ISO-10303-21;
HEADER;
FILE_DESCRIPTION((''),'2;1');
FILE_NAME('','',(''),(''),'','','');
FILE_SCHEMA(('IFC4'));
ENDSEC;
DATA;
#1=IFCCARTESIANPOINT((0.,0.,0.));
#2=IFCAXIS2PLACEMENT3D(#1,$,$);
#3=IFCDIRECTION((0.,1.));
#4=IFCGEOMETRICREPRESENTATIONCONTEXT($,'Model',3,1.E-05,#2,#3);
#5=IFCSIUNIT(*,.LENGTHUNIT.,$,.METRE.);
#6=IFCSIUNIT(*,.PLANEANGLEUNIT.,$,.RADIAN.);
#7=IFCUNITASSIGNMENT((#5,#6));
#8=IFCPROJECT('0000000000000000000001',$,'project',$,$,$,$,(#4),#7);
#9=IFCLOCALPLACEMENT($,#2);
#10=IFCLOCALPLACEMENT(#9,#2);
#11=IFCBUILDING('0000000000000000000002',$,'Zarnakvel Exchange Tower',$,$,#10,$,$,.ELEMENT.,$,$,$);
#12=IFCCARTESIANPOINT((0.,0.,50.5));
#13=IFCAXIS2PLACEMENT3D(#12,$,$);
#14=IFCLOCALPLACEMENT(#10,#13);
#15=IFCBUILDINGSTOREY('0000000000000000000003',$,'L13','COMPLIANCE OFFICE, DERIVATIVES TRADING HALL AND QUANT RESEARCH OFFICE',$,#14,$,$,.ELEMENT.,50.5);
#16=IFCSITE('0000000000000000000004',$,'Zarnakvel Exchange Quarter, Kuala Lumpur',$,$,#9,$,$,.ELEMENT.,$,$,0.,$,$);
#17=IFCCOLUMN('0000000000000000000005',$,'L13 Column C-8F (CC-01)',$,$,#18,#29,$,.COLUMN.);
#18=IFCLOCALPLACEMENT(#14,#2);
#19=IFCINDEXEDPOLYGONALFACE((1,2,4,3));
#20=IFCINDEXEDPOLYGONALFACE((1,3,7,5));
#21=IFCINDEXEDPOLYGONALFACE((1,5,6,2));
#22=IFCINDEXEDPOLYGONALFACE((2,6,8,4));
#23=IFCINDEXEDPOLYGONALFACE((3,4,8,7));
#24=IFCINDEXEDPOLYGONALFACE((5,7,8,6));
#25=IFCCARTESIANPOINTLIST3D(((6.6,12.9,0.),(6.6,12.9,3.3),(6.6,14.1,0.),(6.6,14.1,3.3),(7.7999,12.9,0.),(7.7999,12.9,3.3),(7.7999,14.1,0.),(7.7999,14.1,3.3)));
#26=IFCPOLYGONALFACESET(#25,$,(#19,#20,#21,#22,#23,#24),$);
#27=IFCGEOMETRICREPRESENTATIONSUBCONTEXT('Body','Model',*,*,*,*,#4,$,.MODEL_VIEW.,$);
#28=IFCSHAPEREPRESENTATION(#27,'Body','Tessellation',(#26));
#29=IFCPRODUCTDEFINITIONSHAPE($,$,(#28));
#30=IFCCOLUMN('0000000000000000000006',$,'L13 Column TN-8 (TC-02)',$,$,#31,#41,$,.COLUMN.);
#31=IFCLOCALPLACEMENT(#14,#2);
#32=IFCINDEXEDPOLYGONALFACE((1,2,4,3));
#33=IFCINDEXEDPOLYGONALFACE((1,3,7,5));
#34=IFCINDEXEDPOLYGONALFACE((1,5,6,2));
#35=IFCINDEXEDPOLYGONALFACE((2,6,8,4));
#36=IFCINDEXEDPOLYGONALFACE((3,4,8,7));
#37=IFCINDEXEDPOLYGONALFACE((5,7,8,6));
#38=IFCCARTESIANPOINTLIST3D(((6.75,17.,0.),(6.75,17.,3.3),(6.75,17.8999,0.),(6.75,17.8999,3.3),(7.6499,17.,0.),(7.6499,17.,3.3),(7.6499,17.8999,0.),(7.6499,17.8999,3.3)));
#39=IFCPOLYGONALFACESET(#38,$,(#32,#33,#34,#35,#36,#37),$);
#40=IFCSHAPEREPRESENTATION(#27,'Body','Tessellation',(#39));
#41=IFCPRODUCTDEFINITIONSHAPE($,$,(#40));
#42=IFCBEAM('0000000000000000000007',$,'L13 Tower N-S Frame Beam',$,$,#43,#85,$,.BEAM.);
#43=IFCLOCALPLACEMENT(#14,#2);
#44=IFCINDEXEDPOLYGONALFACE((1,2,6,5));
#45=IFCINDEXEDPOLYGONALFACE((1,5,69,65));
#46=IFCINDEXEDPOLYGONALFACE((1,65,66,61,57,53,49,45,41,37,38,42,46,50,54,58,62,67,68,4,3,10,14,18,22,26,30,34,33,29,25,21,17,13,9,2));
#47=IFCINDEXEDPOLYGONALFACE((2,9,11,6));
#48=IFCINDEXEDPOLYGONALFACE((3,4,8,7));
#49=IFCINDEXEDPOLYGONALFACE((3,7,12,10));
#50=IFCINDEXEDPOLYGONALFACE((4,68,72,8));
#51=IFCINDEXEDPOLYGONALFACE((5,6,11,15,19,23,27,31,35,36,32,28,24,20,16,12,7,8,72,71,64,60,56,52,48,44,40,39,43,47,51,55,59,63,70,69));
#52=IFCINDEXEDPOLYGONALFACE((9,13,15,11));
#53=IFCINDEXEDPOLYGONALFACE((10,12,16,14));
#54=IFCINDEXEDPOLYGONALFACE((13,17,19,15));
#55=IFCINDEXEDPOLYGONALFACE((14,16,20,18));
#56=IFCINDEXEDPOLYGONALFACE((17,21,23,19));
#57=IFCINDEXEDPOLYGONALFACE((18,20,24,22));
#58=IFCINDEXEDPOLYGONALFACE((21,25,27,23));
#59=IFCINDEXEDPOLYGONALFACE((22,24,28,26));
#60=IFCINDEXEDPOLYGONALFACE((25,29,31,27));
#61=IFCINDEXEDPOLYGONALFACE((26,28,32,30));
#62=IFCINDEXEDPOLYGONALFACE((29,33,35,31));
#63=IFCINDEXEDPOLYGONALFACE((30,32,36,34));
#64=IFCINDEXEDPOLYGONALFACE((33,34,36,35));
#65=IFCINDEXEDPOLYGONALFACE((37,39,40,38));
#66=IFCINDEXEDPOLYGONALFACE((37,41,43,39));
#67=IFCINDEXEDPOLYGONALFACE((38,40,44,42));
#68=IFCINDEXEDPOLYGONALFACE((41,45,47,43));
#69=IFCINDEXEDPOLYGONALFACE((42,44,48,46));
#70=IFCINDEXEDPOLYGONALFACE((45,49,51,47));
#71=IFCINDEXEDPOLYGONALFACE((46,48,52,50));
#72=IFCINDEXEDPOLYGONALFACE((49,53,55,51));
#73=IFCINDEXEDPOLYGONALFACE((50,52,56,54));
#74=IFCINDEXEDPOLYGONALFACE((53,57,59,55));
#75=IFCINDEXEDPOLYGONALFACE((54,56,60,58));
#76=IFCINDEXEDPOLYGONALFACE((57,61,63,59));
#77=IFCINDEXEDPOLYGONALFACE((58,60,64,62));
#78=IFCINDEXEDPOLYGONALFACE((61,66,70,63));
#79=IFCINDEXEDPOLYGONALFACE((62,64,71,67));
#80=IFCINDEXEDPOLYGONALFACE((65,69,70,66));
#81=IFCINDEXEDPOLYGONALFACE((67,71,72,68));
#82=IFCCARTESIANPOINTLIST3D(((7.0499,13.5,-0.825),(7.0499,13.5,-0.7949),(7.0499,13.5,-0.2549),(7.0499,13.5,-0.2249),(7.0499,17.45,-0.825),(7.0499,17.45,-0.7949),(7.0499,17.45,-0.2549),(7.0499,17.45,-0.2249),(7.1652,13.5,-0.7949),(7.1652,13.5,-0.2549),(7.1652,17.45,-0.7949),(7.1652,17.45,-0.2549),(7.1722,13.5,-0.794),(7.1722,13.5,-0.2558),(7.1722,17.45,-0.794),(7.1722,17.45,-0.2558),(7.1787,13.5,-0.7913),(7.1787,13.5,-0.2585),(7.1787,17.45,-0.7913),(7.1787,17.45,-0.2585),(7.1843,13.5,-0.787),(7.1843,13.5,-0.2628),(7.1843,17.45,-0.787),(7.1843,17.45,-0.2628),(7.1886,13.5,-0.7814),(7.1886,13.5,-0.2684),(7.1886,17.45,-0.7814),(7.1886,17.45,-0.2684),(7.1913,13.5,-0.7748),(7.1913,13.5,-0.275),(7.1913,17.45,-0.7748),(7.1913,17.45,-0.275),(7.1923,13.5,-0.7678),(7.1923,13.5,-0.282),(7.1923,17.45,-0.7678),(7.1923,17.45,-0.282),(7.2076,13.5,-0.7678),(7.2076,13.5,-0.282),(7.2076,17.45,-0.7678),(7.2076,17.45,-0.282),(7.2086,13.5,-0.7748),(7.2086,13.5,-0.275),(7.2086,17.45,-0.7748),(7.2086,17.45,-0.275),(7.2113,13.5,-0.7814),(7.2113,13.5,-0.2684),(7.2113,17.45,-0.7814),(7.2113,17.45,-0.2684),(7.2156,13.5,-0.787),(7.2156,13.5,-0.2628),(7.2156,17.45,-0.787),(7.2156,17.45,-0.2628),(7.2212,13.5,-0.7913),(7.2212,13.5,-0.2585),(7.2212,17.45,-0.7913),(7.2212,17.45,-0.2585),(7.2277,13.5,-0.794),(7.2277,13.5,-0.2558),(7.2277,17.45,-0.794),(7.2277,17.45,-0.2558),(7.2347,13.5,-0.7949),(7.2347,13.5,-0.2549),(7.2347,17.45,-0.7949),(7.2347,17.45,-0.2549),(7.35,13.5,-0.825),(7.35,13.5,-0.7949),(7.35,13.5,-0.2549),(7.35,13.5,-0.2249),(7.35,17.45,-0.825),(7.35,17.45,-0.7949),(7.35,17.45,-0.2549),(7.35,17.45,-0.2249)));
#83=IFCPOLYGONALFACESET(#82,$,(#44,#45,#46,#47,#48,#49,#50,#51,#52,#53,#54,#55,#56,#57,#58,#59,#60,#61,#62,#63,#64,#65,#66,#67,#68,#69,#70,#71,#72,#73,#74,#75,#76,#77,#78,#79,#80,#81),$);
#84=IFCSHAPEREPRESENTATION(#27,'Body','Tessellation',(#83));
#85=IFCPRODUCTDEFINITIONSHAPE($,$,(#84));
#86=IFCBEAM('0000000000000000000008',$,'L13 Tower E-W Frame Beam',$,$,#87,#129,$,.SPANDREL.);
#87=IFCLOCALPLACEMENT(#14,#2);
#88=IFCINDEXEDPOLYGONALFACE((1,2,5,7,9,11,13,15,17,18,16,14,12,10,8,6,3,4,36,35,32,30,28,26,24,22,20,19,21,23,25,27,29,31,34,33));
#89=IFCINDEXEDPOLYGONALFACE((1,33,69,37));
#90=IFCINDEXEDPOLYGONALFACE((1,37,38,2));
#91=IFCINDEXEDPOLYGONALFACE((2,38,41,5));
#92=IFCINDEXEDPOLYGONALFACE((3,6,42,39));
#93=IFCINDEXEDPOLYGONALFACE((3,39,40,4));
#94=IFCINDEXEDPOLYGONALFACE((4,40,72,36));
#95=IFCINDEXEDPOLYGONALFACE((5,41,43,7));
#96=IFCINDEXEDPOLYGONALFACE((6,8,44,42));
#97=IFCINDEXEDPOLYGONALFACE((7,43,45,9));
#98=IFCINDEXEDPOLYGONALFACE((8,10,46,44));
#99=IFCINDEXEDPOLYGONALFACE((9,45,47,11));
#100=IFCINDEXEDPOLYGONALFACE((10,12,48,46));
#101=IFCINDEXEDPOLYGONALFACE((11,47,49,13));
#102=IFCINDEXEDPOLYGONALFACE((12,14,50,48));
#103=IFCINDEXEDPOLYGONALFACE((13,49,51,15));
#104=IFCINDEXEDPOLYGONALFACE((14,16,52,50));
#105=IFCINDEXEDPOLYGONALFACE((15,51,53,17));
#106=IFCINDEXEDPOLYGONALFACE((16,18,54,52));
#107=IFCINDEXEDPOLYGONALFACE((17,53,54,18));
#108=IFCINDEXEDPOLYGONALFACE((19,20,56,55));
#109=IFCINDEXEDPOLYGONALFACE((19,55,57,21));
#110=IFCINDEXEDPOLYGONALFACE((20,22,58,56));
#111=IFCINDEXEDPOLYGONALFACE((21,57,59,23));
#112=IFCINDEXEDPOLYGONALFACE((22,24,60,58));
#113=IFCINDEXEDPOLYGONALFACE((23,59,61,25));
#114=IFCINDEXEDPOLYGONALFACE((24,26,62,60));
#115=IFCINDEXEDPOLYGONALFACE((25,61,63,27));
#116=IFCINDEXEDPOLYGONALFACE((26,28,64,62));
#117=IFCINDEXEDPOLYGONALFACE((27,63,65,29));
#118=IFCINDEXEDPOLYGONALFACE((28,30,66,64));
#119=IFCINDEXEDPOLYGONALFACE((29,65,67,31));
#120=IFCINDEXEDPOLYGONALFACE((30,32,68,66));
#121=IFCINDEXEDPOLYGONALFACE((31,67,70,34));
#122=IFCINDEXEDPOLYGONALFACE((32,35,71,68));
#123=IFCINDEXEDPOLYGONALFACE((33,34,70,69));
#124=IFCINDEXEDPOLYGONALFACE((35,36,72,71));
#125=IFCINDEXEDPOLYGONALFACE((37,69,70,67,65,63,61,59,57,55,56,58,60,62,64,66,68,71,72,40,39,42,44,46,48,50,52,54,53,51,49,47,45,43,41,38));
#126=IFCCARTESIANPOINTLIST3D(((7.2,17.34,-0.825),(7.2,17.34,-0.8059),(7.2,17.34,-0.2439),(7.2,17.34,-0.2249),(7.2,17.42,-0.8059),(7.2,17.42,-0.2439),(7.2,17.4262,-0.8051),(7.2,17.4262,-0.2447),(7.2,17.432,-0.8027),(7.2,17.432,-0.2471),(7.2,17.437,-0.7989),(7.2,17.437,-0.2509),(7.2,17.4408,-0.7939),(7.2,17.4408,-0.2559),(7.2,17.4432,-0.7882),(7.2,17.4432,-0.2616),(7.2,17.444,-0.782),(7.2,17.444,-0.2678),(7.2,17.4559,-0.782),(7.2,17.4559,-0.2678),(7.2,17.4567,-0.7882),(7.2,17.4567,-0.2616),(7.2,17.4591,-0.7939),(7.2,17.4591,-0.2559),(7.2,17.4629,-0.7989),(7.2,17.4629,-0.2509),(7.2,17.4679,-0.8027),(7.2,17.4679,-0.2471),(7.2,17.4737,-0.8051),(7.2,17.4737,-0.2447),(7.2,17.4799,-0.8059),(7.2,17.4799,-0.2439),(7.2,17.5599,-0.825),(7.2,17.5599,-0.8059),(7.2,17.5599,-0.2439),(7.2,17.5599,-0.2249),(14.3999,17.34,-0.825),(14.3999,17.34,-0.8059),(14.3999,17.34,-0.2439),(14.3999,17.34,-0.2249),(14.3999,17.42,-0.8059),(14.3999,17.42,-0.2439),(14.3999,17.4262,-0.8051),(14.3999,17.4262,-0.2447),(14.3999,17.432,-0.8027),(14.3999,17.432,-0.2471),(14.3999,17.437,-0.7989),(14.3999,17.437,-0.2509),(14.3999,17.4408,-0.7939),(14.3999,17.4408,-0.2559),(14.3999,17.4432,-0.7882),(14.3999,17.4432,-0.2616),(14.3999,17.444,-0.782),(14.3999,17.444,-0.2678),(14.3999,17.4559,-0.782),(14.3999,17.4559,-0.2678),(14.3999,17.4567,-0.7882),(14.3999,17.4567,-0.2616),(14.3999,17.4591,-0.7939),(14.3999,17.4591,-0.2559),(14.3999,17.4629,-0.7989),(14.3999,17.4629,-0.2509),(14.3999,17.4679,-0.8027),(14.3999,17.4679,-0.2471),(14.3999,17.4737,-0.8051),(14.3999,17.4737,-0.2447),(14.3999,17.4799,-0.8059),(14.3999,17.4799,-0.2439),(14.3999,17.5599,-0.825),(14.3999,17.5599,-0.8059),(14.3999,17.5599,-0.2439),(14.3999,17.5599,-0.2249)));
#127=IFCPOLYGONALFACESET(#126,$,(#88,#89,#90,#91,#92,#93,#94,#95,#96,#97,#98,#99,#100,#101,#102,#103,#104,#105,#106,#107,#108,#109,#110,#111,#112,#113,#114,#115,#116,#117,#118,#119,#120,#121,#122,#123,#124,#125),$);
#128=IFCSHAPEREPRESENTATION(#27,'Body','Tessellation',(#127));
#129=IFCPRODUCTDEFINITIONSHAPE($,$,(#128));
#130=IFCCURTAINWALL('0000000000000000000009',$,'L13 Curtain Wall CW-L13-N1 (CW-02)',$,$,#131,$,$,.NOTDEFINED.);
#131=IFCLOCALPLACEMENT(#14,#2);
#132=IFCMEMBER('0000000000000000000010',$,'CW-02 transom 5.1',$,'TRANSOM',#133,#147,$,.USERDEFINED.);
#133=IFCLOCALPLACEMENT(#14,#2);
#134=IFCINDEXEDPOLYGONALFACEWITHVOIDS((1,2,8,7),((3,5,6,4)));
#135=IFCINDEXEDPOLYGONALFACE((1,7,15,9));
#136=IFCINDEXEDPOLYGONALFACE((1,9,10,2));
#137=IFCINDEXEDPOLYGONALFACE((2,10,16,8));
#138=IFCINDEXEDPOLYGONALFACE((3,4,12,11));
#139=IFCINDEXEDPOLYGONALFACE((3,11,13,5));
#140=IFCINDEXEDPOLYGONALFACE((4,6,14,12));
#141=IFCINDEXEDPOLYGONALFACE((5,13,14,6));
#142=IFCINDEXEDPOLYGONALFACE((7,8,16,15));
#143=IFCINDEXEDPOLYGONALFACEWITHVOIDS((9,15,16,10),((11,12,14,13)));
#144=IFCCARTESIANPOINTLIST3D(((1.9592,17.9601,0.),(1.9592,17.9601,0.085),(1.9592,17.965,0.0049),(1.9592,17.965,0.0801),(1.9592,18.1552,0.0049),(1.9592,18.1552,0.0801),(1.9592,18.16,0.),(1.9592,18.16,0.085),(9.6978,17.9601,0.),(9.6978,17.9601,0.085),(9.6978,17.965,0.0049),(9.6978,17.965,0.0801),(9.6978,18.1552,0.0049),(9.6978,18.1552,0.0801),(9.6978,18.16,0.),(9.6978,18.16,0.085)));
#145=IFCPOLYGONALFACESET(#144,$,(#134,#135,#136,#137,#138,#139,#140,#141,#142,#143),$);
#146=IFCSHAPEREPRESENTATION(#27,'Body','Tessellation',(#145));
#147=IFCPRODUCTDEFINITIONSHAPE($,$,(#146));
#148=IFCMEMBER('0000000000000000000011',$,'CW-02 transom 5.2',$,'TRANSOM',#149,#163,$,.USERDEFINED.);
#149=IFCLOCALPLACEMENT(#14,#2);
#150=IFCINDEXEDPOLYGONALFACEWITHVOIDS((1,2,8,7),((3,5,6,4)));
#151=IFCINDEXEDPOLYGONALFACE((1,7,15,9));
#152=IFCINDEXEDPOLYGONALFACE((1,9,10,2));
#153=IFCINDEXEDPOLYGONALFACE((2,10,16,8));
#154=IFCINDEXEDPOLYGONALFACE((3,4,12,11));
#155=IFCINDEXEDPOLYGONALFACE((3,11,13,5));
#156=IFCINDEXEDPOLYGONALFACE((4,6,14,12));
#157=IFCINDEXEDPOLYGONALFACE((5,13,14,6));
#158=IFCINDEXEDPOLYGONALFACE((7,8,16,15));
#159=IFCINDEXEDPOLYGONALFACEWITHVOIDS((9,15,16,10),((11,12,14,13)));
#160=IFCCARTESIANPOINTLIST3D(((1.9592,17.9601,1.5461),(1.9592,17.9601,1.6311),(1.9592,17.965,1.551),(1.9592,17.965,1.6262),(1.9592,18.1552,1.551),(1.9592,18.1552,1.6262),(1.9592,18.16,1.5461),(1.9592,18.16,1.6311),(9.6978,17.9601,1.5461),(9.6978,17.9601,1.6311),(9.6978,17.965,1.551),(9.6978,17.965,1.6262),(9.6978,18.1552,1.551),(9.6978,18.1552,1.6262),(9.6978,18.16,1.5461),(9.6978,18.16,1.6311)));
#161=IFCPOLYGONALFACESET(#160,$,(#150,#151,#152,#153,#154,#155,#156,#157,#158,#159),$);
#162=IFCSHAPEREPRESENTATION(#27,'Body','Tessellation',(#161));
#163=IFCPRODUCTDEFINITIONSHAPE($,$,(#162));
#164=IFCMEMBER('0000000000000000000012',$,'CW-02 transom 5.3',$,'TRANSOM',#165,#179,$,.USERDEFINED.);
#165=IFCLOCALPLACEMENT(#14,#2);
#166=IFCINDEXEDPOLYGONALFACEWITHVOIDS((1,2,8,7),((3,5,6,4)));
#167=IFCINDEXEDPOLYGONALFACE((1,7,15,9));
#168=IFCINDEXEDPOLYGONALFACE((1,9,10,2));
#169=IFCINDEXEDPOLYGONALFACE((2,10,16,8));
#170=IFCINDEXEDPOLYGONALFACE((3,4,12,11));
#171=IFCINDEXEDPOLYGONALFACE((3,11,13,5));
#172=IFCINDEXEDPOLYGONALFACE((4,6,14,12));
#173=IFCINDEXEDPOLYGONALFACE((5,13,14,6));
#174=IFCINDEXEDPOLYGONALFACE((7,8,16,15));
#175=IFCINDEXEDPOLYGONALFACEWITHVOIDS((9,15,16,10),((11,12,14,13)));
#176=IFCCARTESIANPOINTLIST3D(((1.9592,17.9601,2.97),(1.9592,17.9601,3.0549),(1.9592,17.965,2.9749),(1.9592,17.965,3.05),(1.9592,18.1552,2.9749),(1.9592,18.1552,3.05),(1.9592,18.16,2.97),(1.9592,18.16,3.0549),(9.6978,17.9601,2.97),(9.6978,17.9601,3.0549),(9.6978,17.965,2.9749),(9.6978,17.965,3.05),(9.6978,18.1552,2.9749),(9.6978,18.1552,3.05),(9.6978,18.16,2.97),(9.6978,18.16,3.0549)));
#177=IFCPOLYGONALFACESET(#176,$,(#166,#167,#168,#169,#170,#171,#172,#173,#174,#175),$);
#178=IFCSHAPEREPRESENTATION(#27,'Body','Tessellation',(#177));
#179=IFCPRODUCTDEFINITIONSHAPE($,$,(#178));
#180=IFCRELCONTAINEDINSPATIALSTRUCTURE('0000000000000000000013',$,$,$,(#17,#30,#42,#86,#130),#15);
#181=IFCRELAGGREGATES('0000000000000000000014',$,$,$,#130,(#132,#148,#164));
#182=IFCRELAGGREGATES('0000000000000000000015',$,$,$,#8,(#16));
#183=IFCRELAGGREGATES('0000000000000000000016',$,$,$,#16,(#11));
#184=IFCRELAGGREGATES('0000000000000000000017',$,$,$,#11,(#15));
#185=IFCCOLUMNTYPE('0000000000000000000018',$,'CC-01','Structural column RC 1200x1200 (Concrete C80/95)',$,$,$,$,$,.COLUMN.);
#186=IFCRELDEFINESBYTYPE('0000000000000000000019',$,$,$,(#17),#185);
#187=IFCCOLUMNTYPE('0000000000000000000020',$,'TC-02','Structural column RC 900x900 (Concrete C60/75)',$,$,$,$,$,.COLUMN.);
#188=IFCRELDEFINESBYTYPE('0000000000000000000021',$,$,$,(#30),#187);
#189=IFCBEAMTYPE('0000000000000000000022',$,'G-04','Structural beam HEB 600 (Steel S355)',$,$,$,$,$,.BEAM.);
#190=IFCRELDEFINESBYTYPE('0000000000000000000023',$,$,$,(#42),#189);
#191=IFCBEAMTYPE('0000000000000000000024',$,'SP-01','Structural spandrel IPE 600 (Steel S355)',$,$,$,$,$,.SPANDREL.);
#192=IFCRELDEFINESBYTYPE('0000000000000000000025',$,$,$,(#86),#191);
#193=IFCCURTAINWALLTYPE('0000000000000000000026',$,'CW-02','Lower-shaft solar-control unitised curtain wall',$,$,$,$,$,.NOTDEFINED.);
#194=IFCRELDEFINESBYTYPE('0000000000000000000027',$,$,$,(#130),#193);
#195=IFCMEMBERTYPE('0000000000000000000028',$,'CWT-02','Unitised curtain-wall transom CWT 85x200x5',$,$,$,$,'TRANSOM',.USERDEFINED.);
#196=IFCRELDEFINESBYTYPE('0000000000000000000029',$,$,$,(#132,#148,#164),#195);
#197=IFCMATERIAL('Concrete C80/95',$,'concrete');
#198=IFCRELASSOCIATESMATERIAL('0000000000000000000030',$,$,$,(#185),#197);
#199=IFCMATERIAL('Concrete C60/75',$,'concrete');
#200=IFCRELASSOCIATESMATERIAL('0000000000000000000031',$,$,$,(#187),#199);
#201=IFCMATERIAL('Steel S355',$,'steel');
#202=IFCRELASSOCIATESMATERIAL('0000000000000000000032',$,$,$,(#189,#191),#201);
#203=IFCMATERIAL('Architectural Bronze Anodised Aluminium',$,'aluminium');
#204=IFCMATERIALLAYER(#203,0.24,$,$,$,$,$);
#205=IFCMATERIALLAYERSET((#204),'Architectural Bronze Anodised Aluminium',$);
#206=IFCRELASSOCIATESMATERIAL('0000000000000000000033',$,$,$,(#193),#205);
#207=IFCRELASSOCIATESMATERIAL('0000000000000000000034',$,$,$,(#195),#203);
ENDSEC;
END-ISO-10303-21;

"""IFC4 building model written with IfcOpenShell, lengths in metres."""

from ifc_helpers import new_model, si_unit, direction, frame, origin, origin_2d, place, context, subcontext, project, spatial, rectangle, hollow_rectangle, i_section, extrude, source, transform, mapped, material, layer, layer_set, material_profile, profile_set, type_object, element, aggregate, save


model = new_model("IFC4")

# Units and contexts
model_context = context("Model", 3, precision=1e-05, world=origin(), true_north=direction((0.0, 1.0)))
body_context = subcontext(model_context, "Body", "Model", "MODEL_VIEW")
ifc_project = project(units=[si_unit("LENGTHUNIT", "METRE"), si_unit("PLANEANGLEUNIT", "RADIAN")], contexts=[model_context])

# Site, building, storey
site_placement = place(None, origin())
site = spatial("IfcSite", under=ifc_project, at=site_placement, Name="Zarnakvel Exchange Quarter, Kuala Lumpur", CompositionType="ELEMENT", RefElevation=0.0)
building_placement = place(site_placement, origin())
building = spatial("IfcBuilding", under=site, at=building_placement, Name="Zarnakvel Exchange Tower", CompositionType="ELEMENT")
storey_placement = place(building_placement, frame((0.0, 0.0, 50.5)))
storey = spatial("IfcBuildingStorey", under=building, at=storey_placement, Name="L13", Description="COMPLIANCE OFFICE, DERIVATIVES TRADING HALL AND QUANT RESEARCH OFFICE", CompositionType="ELEMENT", Elevation=50.5)

# Columns
ifc_material_1 = material(Name="Concrete C80/95", Category="concrete")
ifc_material_profile_1 = material_profile(ifc_material_1, rectangle(XDim=1.2, YDim=1.2, at=origin_2d()))
ifc_profile_set_1 = profile_set([ifc_material_profile_1], Name="Concrete C80/95")
column_type_1 = type_object("IfcColumnType", Name="CC-01", Description="Structural column RC 1200x1200 (Concrete C80/95)", PredefinedType="COLUMN", material=ifc_profile_set_1)
column_1_placement = place(storey_placement, frame((7.2, 13.5, 0.0), z_axis=(0.0, 0.0, 1.0), x_axis=(1.0, 0.0, 0.0)))
element("IfcColumn", 1, at=column_1_placement, inside=storey, type_object=column_type_1, Name="L13 Column C-8F (CC-01)", PredefinedType="COLUMN", context=body_context, shape_type="SweptSolid", body=[
    extrude(rectangle(XDim=1.2, YDim=1.2, at=origin_2d()), origin(), (0.0, 0.0, 1.0), 3.3),
])
ifc_material_2 = material(Name="Concrete C60/75", Category="concrete")
ifc_material_profile_2 = material_profile(ifc_material_2, rectangle(XDim=0.8999, YDim=0.8999, at=origin_2d()))
ifc_profile_set_2 = profile_set([ifc_material_profile_2], Name="Concrete C60/75")
column_type_2 = type_object("IfcColumnType", Name="TC-02", Description="Structural column RC 900x900 (Concrete C60/75)", PredefinedType="COLUMN", material=ifc_profile_set_2)
column_2_placement = place(storey_placement, frame((7.2, 17.45, 0.0), z_axis=(0.0, 0.0, 1.0), x_axis=(1.0, 0.0, 0.0)))
element("IfcColumn", 2, at=column_2_placement, inside=storey, type_object=column_type_2, Name="L13 Column TN-8 (TC-02)", PredefinedType="COLUMN", context=body_context, shape_type="SweptSolid", body=[
    extrude(rectangle(XDim=0.8999, YDim=0.8999, at=origin_2d()), origin(), (0.0, 0.0, 1.0), 3.3),
])

# Beams
ifc_material_3 = material(Name="Steel S355", Category="steel")
ifc_material_profile_3 = material_profile(ifc_material_3, i_section(OverallWidth=0.3, OverallDepth=0.6001, WebThickness=0.0154, FlangeThickness=0.03, FilletRadius=0.0271, at=origin_2d()))
ifc_profile_set_3 = profile_set([ifc_material_profile_3], Name="Steel S355")
beam_type_1 = type_object("IfcBeamType", Name="G-04", Description="Structural beam HEB 600 (Steel S355)", PredefinedType="BEAM", material=ifc_profile_set_3)
beam_1_placement = place(storey_placement, frame((7.2, 13.5, -0.5249), z_axis=(0.0, 1.0, 0.0), x_axis=(-1.0, 0.0, 0.0)))
element("IfcBeam", 3, at=beam_1_placement, inside=storey, type_object=beam_type_1, Name="L13 Tower N-S Frame Beam", PredefinedType="BEAM", context=body_context, shape_type="SweptSolid", body=[
    extrude(i_section(OverallWidth=0.3, OverallDepth=0.6001, WebThickness=0.0154, FlangeThickness=0.03, FilletRadius=0.0271, at=origin_2d()), origin(), (0.0, 0.0, 1.0), 3.95),
])
ifc_material_profile_4 = material_profile(ifc_material_3, i_section(OverallWidth=0.22, OverallDepth=0.6001, WebThickness=0.012, FlangeThickness=0.019, FilletRadius=0.0239, at=origin_2d()))
ifc_profile_set_4 = profile_set([ifc_material_profile_4], Name="Steel S355")
beam_type_2 = type_object("IfcBeamType", Name="SP-01", Description="Structural spandrel IPE 600 (Steel S355)", PredefinedType="SPANDREL", material=ifc_profile_set_4)
beam_2_placement = place(storey_placement, frame((7.2, 17.45, -0.5249), z_axis=(1.0, 0.0, 0.0), x_axis=(0.0, 1.0, 0.0)))
element("IfcBeam", 4, at=beam_2_placement, inside=storey, type_object=beam_type_2, Name="L13 Tower E-W Frame Beam", PredefinedType="SPANDREL", context=body_context, shape_type="SweptSolid", body=[
    extrude(i_section(OverallWidth=0.22, OverallDepth=0.6001, WebThickness=0.012, FlangeThickness=0.019, FilletRadius=0.0239, at=origin_2d()), origin(), (0.0, 0.0, 1.0), 7.2),
])

# Curtain wall, members
ifc_material_4 = material(Name="Architectural Bronze Anodised Aluminium", Category="aluminium")
ifc_layer_1 = layer(ifc_material_4, 0.24)
ifc_layer_set_1 = layer_set([ifc_layer_1], Name="Architectural Bronze Anodised Aluminium")
curtain_wall_type = type_object("IfcCurtainWallType", Name="CW-02", Description="Lower-shaft solar-control unitised curtain wall", PredefinedType="NOTDEFINED", material=ifc_layer_set_1)
curtain_wall_placement = place(storey_placement, origin())
curtain_wall = element("IfcCurtainWall", 5, at=curtain_wall_placement, inside=storey, type_object=curtain_wall_type, Name="L13 Curtain Wall CW-L13-N1 (CW-02)", PredefinedType="NOTDEFINED")
ifc_material_profile_5 = material_profile(ifc_material_4, hollow_rectangle(XDim=0.2, YDim=0.085, WallThickness=0.0049, at=origin_2d()))
ifc_profile_set_5 = profile_set([ifc_material_profile_5], Name="Architectural Bronze Anodised Aluminium")
member_type_1 = type_object("IfcMemberType", Name="CWT-02", Description="Unitised curtain-wall transom CWT 85x200x5", ElementType="TRANSOM", PredefinedType="USERDEFINED", material=ifc_profile_set_5)
shared_shape_1 = source(origin(), body_context, "Body", "SweptSolid", [
    extrude(hollow_rectangle(XDim=0.2, YDim=0.085, WallThickness=0.0049, at=origin_2d()), origin(), (0.0, 0.0, 1.0), 7.7385),
])
member_1_placement = place(storey_placement, frame((1.9592, 18.0601, 0.0425), z_axis=(1.0, 0.0, 0.0), x_axis=(0.0, 1.0, 0.0)))
member_1 = element("IfcMember", 6, at=member_1_placement, type_object=member_type_1, Name="CW-02 transom 5.1", ObjectType="TRANSOM", PredefinedType="USERDEFINED", context=body_context, shape_type="MappedRepresentation", body=[
    mapped(shared_shape_1, transform((0.0, 0.0, 0.0), x_axis=(1.0, 0.0, 0.0), y_axis=(0.0, 1.0, 0.0), z_axis=(0.0, 0.0, 1.0), scale=1.0)),
])
member_2_placement = place(storey_placement, frame((1.9592, 18.0601, 1.5886), z_axis=(1.0, 0.0, 0.0), x_axis=(0.0, 1.0, 0.0)))
member_2 = element("IfcMember", 7, at=member_2_placement, type_object=member_type_1, Name="CW-02 transom 5.2", ObjectType="TRANSOM", PredefinedType="USERDEFINED", context=body_context, shape_type="MappedRepresentation", body=[
    mapped(shared_shape_1, transform((0.0, 0.0, 0.0), x_axis=(1.0, 0.0, 0.0), y_axis=(0.0, 1.0, 0.0), z_axis=(0.0, 0.0, 1.0), scale=1.0)),
])
member_3_placement = place(storey_placement, frame((1.9592, 18.0601, 3.0125), z_axis=(1.0, 0.0, 0.0), x_axis=(0.0, 1.0, 0.0)))
member_3 = element("IfcMember", 8, at=member_3_placement, type_object=member_type_1, Name="CW-02 transom 5.3", ObjectType="TRANSOM", PredefinedType="USERDEFINED", context=body_context, shape_type="MappedRepresentation", body=[
    mapped(shared_shape_1, transform((0.0, 0.0, 0.0), x_axis=(1.0, 0.0, 0.0), y_axis=(0.0, 1.0, 0.0), z_axis=(0.0, 0.0, 1.0), scale=1.0)),
])
aggregate(curtain_wall, [member_1, member_2, member_3])

save(model, "model.ifc")
